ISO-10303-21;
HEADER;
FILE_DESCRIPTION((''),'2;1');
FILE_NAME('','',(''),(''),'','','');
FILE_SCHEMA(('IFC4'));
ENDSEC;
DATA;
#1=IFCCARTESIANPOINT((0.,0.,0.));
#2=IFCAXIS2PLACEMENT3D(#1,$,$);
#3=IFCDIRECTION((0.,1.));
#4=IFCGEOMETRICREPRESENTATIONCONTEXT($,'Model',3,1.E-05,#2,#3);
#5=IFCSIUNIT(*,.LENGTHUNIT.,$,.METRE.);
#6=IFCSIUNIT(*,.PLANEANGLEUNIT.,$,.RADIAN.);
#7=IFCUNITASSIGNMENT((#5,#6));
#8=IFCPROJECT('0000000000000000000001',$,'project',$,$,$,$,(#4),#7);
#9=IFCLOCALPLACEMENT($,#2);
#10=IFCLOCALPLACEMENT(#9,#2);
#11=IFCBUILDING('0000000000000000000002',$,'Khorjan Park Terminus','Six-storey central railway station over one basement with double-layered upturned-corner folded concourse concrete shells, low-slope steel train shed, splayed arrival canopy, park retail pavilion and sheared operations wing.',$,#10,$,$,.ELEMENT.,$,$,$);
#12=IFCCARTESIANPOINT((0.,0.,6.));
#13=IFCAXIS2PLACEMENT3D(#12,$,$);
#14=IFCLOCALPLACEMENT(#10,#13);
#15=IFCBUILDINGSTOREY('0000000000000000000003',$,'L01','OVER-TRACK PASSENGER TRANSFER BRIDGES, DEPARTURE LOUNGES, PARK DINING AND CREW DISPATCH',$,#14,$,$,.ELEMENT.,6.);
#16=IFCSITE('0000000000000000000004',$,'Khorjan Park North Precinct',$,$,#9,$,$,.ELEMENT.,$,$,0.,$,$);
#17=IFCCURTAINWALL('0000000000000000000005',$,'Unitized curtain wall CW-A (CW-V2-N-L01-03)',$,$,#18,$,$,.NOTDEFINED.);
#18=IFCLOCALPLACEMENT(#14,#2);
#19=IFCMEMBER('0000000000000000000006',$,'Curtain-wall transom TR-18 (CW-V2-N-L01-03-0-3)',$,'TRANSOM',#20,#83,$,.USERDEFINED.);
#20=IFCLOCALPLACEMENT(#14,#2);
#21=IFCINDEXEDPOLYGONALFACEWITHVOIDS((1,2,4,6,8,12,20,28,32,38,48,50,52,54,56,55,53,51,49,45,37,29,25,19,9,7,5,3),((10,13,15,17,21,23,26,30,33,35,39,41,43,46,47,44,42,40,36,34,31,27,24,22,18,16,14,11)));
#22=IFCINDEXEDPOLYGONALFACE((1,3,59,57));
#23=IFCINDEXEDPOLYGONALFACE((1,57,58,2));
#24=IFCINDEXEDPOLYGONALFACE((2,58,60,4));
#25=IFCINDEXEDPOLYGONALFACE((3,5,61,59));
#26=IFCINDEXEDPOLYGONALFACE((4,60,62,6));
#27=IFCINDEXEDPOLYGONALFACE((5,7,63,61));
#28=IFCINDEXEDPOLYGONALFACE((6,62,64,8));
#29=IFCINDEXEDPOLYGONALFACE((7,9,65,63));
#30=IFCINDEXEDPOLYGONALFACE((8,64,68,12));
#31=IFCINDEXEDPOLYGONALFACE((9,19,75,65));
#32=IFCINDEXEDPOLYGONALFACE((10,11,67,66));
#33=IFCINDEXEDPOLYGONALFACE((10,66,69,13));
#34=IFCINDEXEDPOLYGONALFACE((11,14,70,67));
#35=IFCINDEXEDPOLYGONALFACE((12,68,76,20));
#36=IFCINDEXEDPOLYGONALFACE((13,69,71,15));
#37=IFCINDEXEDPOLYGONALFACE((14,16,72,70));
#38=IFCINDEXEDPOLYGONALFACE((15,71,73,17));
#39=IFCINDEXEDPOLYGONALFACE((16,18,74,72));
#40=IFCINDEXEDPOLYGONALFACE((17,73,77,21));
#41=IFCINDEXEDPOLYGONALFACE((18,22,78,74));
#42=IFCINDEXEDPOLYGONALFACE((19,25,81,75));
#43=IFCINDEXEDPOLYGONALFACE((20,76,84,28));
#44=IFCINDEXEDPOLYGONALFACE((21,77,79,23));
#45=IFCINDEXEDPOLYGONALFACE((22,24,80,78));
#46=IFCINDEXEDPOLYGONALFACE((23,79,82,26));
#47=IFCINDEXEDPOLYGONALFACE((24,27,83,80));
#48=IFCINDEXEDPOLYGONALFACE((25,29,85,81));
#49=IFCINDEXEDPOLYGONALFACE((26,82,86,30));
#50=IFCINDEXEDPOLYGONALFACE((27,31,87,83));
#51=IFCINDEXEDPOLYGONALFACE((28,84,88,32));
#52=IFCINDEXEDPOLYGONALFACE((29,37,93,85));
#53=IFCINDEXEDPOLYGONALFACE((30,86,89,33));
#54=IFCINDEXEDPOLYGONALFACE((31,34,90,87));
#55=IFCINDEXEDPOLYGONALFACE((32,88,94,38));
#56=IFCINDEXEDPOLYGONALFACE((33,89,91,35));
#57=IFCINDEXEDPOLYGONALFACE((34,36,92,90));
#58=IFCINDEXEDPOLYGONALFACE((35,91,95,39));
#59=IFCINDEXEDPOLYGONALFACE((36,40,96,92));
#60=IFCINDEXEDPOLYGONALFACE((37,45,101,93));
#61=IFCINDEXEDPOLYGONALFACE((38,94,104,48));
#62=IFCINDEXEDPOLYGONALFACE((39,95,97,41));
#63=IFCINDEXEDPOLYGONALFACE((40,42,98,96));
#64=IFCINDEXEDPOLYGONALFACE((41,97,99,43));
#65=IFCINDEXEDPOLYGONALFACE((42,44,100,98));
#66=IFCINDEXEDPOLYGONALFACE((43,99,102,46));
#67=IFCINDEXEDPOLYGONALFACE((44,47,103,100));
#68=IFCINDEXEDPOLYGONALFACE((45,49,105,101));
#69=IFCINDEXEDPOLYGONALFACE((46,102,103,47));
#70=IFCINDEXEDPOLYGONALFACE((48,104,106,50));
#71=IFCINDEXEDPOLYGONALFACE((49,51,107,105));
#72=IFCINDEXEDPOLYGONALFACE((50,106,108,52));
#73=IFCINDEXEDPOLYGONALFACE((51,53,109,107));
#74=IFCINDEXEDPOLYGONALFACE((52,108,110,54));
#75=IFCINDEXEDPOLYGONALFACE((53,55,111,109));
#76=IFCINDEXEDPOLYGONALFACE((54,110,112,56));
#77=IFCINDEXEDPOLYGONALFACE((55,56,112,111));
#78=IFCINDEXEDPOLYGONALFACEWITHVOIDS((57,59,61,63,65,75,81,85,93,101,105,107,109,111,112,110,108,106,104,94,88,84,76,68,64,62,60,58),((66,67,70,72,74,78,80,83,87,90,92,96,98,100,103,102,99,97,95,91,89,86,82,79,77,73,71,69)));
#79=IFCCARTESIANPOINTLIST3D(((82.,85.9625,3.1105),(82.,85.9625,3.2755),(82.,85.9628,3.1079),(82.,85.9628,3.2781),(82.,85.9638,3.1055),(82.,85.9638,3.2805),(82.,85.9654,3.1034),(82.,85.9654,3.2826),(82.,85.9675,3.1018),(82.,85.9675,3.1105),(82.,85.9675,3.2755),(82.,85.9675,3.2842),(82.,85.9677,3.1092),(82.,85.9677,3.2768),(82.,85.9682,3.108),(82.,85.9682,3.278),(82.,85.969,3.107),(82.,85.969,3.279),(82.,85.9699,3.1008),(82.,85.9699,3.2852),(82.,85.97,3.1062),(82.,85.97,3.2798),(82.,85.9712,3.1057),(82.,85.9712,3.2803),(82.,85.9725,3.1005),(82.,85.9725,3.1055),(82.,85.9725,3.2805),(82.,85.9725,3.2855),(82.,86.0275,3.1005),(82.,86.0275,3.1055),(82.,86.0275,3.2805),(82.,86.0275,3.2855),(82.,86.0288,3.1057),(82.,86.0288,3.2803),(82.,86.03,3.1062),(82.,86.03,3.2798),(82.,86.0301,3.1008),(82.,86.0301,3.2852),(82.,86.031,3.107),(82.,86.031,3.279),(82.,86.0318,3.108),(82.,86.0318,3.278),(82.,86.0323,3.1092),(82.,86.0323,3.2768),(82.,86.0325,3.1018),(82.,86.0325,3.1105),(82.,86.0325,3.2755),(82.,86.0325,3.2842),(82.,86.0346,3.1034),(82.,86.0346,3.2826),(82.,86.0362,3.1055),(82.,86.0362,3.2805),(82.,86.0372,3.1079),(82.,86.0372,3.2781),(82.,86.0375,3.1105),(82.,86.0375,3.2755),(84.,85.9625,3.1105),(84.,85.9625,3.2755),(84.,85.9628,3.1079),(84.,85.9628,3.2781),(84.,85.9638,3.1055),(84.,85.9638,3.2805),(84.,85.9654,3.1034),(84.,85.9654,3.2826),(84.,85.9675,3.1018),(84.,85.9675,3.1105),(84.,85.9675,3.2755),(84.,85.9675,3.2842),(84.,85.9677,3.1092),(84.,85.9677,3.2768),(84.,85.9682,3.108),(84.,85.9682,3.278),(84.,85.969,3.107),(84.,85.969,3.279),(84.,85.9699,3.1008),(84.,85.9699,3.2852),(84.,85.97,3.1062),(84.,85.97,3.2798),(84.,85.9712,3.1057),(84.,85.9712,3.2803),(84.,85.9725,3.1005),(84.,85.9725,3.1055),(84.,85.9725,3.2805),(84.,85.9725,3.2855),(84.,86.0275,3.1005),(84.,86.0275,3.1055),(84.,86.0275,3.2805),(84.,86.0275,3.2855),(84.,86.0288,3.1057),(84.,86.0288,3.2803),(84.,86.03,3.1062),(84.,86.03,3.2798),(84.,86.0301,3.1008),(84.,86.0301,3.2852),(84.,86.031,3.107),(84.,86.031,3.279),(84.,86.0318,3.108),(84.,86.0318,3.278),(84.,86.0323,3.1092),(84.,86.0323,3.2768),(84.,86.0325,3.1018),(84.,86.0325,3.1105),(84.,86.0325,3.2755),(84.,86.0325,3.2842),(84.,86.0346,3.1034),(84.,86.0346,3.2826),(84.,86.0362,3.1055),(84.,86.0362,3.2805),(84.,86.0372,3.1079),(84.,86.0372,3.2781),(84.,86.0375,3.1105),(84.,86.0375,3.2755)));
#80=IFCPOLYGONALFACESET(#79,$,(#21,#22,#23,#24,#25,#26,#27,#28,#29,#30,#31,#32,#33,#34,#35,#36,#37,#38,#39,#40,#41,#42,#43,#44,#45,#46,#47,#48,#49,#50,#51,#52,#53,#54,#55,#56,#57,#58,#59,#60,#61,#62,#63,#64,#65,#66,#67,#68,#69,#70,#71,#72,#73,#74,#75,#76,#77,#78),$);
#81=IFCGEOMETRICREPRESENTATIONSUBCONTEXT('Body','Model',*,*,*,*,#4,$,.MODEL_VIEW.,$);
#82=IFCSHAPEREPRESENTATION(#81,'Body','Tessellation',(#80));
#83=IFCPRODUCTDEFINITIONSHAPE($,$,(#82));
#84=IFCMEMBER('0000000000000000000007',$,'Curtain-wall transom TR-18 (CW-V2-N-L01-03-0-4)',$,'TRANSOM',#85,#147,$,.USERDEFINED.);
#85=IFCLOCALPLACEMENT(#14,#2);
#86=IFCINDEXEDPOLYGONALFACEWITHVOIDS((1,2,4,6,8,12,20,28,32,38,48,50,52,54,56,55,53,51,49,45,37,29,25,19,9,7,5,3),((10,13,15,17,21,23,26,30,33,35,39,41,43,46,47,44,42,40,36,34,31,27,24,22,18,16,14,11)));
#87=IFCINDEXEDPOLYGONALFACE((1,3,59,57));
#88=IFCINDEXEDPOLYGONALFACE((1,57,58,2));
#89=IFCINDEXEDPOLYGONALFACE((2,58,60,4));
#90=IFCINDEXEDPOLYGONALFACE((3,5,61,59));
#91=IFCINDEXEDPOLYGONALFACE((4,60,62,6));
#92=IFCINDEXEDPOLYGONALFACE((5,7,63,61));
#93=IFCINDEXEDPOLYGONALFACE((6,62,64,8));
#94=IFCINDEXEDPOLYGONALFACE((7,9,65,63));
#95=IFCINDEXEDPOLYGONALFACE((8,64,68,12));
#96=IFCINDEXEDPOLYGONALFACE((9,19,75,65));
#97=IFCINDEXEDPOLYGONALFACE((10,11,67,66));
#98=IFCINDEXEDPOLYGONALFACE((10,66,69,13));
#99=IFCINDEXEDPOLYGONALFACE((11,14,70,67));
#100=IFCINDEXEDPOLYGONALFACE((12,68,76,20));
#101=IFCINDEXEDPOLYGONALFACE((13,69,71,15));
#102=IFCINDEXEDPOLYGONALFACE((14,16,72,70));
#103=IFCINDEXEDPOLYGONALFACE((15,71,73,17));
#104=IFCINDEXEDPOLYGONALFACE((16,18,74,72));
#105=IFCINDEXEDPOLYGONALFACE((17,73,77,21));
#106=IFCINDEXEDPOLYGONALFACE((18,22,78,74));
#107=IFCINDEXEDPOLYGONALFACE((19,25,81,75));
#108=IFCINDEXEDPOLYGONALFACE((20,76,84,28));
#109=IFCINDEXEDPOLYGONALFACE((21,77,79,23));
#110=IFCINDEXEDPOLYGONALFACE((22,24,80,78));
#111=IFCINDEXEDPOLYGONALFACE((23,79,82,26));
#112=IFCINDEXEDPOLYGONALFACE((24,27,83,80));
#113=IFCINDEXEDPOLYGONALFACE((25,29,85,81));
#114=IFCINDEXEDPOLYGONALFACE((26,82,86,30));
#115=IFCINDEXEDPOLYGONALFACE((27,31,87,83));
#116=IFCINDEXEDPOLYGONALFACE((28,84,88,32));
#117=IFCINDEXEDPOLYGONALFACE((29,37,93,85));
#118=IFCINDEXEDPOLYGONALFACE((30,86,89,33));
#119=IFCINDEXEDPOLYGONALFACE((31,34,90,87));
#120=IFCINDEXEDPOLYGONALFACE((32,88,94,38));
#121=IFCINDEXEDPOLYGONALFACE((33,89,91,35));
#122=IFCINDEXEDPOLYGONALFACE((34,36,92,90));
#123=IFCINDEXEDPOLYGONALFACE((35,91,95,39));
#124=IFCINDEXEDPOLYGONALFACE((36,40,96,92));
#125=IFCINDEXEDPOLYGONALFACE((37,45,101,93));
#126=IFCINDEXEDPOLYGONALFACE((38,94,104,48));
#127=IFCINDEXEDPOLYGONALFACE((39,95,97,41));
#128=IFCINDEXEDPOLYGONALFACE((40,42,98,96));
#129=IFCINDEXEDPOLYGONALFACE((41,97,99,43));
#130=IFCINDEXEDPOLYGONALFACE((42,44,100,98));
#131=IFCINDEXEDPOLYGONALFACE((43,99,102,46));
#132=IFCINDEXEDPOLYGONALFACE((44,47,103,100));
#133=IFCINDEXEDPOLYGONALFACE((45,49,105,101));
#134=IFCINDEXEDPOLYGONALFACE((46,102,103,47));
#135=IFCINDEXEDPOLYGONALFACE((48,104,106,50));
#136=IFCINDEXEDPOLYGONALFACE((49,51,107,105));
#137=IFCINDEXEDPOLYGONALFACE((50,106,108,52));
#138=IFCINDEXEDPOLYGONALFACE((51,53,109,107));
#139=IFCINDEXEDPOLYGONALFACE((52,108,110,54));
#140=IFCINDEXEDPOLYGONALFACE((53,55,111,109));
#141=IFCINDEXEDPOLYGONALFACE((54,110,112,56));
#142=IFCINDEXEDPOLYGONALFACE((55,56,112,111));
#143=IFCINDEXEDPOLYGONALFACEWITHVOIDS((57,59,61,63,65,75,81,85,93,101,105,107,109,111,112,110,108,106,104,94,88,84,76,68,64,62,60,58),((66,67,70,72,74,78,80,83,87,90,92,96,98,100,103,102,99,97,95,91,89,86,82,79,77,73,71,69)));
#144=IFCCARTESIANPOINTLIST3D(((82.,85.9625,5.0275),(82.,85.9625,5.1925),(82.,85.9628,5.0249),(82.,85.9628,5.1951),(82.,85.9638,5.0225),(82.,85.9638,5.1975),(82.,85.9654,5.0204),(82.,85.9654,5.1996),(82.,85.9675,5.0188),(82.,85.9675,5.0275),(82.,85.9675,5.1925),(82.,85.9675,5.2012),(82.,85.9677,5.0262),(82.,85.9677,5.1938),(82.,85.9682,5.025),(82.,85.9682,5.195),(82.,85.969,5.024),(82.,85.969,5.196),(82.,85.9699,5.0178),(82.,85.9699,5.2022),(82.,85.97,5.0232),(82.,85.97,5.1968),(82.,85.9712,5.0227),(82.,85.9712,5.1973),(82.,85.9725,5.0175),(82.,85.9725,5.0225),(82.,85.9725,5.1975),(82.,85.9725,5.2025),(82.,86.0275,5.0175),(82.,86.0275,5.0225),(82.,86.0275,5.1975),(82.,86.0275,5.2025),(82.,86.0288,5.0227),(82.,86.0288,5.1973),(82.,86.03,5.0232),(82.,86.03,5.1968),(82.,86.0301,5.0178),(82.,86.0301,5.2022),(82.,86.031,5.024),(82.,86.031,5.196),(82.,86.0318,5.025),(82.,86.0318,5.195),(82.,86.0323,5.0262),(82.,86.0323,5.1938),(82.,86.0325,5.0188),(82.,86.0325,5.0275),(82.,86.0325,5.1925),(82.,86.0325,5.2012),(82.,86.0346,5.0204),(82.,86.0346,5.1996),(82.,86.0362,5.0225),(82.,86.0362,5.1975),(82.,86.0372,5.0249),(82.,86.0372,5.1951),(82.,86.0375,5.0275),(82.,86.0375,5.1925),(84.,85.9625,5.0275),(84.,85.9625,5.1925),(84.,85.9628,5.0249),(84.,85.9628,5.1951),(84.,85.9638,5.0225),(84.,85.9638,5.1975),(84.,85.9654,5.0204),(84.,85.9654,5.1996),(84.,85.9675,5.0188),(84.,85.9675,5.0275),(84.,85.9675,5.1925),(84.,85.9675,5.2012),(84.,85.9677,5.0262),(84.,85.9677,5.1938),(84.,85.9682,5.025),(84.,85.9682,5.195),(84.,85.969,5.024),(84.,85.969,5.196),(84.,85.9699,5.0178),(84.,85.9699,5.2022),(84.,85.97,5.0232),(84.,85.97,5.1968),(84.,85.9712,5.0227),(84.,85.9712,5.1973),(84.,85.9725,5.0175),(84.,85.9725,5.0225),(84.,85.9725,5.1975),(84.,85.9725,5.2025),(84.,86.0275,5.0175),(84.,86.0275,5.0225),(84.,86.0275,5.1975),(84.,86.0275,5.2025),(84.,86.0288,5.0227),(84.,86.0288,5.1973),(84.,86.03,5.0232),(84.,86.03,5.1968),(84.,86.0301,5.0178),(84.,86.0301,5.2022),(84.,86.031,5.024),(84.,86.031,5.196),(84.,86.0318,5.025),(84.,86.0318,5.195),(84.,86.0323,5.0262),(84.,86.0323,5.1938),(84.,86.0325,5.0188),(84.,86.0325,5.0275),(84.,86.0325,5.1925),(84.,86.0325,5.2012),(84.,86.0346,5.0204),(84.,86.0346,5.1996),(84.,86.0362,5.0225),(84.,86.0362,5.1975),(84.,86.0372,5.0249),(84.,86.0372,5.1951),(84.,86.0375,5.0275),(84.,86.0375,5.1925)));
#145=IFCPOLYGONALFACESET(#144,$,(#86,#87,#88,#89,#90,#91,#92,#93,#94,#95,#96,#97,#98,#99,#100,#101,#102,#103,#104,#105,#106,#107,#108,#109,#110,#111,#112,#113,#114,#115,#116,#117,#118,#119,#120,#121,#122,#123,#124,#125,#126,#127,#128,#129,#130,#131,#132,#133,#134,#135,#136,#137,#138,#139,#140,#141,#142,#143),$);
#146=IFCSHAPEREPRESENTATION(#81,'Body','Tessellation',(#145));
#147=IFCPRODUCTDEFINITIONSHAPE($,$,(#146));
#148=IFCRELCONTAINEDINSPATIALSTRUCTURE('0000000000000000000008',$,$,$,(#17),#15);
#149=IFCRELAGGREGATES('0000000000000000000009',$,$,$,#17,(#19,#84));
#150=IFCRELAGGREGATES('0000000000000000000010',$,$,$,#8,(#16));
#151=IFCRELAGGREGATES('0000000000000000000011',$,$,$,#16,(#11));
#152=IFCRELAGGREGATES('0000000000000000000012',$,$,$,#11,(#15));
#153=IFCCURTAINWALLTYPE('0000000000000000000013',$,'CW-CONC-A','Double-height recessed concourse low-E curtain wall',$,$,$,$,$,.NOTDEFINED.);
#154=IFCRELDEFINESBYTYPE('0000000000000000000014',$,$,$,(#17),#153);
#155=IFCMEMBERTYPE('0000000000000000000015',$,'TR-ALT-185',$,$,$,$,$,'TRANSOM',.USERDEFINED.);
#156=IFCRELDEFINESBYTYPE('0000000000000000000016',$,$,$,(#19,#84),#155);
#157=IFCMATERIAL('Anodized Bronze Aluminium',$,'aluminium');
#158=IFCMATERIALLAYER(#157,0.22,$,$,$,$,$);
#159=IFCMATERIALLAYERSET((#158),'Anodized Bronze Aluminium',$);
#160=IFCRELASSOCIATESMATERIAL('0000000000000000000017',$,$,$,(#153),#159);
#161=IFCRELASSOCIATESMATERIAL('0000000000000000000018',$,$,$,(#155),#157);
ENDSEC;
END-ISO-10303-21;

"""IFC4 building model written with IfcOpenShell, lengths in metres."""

from ifc_helpers import new_model, si_unit, direction, frame, origin, origin_2d, place, context, subcontext, project, spatial, hollow_rectangle, extrude, material, layer, layer_set, material_profile, profile_set, type_object, element, aggregate, save


model = new_model("IFC4")

# Units and contexts
model_context = context("Model", 3, precision=1e-05, world=origin(), true_north=direction((0.0, 1.0)))
body_context = subcontext(model_context, "Body", "Model", "MODEL_VIEW")
ifc_project = project(units=[si_unit("LENGTHUNIT", "METRE"), si_unit("PLANEANGLEUNIT", "RADIAN")], contexts=[model_context])

# Site, building, storey
site_placement = place(None, origin())
site = spatial("IfcSite", under=ifc_project, at=site_placement, Name="Khorjan Park North Precinct", CompositionType="ELEMENT", RefElevation=0.0)
building_placement = place(site_placement, origin())
building = spatial("IfcBuilding", under=site, at=building_placement, Name="Khorjan Park Terminus", Description="Six-storey central railway station over one basement with double-layered upturned-corner folded concourse concrete shells, low-slope steel train shed, splayed arrival canopy, park retail pavilion and sheared operations wing.", CompositionType="ELEMENT")
storey_placement = place(building_placement, frame((0.0, 0.0, 6.0)))
storey = spatial("IfcBuildingStorey", under=building, at=storey_placement, Name="L01", Description="OVER-TRACK PASSENGER TRANSFER BRIDGES, DEPARTURE LOUNGES, PARK DINING AND CREW DISPATCH", CompositionType="ELEMENT", Elevation=6.0)

# Curtain wall
ifc_material_1 = material(Name="Anodized Bronze Aluminium", Category="aluminium")
ifc_layer_1 = layer(ifc_material_1, 0.22)
ifc_layer_set_1 = layer_set([ifc_layer_1], Name="Anodized Bronze Aluminium")
curtain_wall_type = type_object("IfcCurtainWallType", Name="CW-CONC-A", Description="Double-height recessed concourse low-E curtain wall", PredefinedType="NOTDEFINED", material=ifc_layer_set_1)
curtain_wall_1_placement = place(storey_placement, origin())
curtain_wall_1 = element("IfcCurtainWall", 1, at=curtain_wall_1_placement, inside=storey, type_object=curtain_wall_type, Name="Unitized curtain wall CW-A (CW-V2-N-L01-03)", PredefinedType="NOTDEFINED")

# Members
ifc_material_profile_1 = material_profile(ifc_material_1, hollow_rectangle(XDim=0.075, YDim=0.185, WallThickness=0.005, InnerFilletRadius=0.005, OuterFilletRadius=0.01, at=origin_2d()), Name="ALT 75x185x5")
ifc_profile_set_1 = profile_set([ifc_material_profile_1], Name="Anodized Bronze Aluminium")
member_type_1 = type_object("IfcMemberType", Name="TR-ALT-185", ElementType="TRANSOM", PredefinedType="USERDEFINED", material=ifc_profile_set_1)
member_1_placement = place(storey_placement, frame((84.0, 86.0, 3.193), z_axis=(-1.0, 0.0, 0.0), x_axis=(0.0, -1.0, 0.0)))
member_1 = element("IfcMember", 2, at=member_1_placement, type_object=member_type_1, Name="Curtain-wall transom TR-18 (CW-V2-N-L01-03-0-3)", ObjectType="TRANSOM", PredefinedType="USERDEFINED", context=body_context, shape_type="SweptSolid", body=[
    extrude(hollow_rectangle(XDim=0.075, YDim=0.185, WallThickness=0.005, InnerFilletRadius=0.005, OuterFilletRadius=0.01, at=origin_2d()), origin(), (0.0, 0.0, 1.0), 2.0),
])
member_2_placement = place(storey_placement, frame((84.0, 86.0, 5.11), z_axis=(-1.0, 0.0, 0.0), x_axis=(0.0, -1.0, 0.0)))
member_2 = element("IfcMember", 3, at=member_2_placement, type_object=member_type_1, Name="Curtain-wall transom TR-18 (CW-V2-N-L01-03-0-4)", ObjectType="TRANSOM", PredefinedType="USERDEFINED", context=body_context, shape_type="SweptSolid", body=[
    extrude(hollow_rectangle(XDim=0.075, YDim=0.185, WallThickness=0.005, InnerFilletRadius=0.005, OuterFilletRadius=0.01, at=origin_2d()), origin(), (0.0, 0.0, 1.0), 2.0),
])

aggregate(curtain_wall_1, [member_1, member_2])

save(model, "model.ifc")
